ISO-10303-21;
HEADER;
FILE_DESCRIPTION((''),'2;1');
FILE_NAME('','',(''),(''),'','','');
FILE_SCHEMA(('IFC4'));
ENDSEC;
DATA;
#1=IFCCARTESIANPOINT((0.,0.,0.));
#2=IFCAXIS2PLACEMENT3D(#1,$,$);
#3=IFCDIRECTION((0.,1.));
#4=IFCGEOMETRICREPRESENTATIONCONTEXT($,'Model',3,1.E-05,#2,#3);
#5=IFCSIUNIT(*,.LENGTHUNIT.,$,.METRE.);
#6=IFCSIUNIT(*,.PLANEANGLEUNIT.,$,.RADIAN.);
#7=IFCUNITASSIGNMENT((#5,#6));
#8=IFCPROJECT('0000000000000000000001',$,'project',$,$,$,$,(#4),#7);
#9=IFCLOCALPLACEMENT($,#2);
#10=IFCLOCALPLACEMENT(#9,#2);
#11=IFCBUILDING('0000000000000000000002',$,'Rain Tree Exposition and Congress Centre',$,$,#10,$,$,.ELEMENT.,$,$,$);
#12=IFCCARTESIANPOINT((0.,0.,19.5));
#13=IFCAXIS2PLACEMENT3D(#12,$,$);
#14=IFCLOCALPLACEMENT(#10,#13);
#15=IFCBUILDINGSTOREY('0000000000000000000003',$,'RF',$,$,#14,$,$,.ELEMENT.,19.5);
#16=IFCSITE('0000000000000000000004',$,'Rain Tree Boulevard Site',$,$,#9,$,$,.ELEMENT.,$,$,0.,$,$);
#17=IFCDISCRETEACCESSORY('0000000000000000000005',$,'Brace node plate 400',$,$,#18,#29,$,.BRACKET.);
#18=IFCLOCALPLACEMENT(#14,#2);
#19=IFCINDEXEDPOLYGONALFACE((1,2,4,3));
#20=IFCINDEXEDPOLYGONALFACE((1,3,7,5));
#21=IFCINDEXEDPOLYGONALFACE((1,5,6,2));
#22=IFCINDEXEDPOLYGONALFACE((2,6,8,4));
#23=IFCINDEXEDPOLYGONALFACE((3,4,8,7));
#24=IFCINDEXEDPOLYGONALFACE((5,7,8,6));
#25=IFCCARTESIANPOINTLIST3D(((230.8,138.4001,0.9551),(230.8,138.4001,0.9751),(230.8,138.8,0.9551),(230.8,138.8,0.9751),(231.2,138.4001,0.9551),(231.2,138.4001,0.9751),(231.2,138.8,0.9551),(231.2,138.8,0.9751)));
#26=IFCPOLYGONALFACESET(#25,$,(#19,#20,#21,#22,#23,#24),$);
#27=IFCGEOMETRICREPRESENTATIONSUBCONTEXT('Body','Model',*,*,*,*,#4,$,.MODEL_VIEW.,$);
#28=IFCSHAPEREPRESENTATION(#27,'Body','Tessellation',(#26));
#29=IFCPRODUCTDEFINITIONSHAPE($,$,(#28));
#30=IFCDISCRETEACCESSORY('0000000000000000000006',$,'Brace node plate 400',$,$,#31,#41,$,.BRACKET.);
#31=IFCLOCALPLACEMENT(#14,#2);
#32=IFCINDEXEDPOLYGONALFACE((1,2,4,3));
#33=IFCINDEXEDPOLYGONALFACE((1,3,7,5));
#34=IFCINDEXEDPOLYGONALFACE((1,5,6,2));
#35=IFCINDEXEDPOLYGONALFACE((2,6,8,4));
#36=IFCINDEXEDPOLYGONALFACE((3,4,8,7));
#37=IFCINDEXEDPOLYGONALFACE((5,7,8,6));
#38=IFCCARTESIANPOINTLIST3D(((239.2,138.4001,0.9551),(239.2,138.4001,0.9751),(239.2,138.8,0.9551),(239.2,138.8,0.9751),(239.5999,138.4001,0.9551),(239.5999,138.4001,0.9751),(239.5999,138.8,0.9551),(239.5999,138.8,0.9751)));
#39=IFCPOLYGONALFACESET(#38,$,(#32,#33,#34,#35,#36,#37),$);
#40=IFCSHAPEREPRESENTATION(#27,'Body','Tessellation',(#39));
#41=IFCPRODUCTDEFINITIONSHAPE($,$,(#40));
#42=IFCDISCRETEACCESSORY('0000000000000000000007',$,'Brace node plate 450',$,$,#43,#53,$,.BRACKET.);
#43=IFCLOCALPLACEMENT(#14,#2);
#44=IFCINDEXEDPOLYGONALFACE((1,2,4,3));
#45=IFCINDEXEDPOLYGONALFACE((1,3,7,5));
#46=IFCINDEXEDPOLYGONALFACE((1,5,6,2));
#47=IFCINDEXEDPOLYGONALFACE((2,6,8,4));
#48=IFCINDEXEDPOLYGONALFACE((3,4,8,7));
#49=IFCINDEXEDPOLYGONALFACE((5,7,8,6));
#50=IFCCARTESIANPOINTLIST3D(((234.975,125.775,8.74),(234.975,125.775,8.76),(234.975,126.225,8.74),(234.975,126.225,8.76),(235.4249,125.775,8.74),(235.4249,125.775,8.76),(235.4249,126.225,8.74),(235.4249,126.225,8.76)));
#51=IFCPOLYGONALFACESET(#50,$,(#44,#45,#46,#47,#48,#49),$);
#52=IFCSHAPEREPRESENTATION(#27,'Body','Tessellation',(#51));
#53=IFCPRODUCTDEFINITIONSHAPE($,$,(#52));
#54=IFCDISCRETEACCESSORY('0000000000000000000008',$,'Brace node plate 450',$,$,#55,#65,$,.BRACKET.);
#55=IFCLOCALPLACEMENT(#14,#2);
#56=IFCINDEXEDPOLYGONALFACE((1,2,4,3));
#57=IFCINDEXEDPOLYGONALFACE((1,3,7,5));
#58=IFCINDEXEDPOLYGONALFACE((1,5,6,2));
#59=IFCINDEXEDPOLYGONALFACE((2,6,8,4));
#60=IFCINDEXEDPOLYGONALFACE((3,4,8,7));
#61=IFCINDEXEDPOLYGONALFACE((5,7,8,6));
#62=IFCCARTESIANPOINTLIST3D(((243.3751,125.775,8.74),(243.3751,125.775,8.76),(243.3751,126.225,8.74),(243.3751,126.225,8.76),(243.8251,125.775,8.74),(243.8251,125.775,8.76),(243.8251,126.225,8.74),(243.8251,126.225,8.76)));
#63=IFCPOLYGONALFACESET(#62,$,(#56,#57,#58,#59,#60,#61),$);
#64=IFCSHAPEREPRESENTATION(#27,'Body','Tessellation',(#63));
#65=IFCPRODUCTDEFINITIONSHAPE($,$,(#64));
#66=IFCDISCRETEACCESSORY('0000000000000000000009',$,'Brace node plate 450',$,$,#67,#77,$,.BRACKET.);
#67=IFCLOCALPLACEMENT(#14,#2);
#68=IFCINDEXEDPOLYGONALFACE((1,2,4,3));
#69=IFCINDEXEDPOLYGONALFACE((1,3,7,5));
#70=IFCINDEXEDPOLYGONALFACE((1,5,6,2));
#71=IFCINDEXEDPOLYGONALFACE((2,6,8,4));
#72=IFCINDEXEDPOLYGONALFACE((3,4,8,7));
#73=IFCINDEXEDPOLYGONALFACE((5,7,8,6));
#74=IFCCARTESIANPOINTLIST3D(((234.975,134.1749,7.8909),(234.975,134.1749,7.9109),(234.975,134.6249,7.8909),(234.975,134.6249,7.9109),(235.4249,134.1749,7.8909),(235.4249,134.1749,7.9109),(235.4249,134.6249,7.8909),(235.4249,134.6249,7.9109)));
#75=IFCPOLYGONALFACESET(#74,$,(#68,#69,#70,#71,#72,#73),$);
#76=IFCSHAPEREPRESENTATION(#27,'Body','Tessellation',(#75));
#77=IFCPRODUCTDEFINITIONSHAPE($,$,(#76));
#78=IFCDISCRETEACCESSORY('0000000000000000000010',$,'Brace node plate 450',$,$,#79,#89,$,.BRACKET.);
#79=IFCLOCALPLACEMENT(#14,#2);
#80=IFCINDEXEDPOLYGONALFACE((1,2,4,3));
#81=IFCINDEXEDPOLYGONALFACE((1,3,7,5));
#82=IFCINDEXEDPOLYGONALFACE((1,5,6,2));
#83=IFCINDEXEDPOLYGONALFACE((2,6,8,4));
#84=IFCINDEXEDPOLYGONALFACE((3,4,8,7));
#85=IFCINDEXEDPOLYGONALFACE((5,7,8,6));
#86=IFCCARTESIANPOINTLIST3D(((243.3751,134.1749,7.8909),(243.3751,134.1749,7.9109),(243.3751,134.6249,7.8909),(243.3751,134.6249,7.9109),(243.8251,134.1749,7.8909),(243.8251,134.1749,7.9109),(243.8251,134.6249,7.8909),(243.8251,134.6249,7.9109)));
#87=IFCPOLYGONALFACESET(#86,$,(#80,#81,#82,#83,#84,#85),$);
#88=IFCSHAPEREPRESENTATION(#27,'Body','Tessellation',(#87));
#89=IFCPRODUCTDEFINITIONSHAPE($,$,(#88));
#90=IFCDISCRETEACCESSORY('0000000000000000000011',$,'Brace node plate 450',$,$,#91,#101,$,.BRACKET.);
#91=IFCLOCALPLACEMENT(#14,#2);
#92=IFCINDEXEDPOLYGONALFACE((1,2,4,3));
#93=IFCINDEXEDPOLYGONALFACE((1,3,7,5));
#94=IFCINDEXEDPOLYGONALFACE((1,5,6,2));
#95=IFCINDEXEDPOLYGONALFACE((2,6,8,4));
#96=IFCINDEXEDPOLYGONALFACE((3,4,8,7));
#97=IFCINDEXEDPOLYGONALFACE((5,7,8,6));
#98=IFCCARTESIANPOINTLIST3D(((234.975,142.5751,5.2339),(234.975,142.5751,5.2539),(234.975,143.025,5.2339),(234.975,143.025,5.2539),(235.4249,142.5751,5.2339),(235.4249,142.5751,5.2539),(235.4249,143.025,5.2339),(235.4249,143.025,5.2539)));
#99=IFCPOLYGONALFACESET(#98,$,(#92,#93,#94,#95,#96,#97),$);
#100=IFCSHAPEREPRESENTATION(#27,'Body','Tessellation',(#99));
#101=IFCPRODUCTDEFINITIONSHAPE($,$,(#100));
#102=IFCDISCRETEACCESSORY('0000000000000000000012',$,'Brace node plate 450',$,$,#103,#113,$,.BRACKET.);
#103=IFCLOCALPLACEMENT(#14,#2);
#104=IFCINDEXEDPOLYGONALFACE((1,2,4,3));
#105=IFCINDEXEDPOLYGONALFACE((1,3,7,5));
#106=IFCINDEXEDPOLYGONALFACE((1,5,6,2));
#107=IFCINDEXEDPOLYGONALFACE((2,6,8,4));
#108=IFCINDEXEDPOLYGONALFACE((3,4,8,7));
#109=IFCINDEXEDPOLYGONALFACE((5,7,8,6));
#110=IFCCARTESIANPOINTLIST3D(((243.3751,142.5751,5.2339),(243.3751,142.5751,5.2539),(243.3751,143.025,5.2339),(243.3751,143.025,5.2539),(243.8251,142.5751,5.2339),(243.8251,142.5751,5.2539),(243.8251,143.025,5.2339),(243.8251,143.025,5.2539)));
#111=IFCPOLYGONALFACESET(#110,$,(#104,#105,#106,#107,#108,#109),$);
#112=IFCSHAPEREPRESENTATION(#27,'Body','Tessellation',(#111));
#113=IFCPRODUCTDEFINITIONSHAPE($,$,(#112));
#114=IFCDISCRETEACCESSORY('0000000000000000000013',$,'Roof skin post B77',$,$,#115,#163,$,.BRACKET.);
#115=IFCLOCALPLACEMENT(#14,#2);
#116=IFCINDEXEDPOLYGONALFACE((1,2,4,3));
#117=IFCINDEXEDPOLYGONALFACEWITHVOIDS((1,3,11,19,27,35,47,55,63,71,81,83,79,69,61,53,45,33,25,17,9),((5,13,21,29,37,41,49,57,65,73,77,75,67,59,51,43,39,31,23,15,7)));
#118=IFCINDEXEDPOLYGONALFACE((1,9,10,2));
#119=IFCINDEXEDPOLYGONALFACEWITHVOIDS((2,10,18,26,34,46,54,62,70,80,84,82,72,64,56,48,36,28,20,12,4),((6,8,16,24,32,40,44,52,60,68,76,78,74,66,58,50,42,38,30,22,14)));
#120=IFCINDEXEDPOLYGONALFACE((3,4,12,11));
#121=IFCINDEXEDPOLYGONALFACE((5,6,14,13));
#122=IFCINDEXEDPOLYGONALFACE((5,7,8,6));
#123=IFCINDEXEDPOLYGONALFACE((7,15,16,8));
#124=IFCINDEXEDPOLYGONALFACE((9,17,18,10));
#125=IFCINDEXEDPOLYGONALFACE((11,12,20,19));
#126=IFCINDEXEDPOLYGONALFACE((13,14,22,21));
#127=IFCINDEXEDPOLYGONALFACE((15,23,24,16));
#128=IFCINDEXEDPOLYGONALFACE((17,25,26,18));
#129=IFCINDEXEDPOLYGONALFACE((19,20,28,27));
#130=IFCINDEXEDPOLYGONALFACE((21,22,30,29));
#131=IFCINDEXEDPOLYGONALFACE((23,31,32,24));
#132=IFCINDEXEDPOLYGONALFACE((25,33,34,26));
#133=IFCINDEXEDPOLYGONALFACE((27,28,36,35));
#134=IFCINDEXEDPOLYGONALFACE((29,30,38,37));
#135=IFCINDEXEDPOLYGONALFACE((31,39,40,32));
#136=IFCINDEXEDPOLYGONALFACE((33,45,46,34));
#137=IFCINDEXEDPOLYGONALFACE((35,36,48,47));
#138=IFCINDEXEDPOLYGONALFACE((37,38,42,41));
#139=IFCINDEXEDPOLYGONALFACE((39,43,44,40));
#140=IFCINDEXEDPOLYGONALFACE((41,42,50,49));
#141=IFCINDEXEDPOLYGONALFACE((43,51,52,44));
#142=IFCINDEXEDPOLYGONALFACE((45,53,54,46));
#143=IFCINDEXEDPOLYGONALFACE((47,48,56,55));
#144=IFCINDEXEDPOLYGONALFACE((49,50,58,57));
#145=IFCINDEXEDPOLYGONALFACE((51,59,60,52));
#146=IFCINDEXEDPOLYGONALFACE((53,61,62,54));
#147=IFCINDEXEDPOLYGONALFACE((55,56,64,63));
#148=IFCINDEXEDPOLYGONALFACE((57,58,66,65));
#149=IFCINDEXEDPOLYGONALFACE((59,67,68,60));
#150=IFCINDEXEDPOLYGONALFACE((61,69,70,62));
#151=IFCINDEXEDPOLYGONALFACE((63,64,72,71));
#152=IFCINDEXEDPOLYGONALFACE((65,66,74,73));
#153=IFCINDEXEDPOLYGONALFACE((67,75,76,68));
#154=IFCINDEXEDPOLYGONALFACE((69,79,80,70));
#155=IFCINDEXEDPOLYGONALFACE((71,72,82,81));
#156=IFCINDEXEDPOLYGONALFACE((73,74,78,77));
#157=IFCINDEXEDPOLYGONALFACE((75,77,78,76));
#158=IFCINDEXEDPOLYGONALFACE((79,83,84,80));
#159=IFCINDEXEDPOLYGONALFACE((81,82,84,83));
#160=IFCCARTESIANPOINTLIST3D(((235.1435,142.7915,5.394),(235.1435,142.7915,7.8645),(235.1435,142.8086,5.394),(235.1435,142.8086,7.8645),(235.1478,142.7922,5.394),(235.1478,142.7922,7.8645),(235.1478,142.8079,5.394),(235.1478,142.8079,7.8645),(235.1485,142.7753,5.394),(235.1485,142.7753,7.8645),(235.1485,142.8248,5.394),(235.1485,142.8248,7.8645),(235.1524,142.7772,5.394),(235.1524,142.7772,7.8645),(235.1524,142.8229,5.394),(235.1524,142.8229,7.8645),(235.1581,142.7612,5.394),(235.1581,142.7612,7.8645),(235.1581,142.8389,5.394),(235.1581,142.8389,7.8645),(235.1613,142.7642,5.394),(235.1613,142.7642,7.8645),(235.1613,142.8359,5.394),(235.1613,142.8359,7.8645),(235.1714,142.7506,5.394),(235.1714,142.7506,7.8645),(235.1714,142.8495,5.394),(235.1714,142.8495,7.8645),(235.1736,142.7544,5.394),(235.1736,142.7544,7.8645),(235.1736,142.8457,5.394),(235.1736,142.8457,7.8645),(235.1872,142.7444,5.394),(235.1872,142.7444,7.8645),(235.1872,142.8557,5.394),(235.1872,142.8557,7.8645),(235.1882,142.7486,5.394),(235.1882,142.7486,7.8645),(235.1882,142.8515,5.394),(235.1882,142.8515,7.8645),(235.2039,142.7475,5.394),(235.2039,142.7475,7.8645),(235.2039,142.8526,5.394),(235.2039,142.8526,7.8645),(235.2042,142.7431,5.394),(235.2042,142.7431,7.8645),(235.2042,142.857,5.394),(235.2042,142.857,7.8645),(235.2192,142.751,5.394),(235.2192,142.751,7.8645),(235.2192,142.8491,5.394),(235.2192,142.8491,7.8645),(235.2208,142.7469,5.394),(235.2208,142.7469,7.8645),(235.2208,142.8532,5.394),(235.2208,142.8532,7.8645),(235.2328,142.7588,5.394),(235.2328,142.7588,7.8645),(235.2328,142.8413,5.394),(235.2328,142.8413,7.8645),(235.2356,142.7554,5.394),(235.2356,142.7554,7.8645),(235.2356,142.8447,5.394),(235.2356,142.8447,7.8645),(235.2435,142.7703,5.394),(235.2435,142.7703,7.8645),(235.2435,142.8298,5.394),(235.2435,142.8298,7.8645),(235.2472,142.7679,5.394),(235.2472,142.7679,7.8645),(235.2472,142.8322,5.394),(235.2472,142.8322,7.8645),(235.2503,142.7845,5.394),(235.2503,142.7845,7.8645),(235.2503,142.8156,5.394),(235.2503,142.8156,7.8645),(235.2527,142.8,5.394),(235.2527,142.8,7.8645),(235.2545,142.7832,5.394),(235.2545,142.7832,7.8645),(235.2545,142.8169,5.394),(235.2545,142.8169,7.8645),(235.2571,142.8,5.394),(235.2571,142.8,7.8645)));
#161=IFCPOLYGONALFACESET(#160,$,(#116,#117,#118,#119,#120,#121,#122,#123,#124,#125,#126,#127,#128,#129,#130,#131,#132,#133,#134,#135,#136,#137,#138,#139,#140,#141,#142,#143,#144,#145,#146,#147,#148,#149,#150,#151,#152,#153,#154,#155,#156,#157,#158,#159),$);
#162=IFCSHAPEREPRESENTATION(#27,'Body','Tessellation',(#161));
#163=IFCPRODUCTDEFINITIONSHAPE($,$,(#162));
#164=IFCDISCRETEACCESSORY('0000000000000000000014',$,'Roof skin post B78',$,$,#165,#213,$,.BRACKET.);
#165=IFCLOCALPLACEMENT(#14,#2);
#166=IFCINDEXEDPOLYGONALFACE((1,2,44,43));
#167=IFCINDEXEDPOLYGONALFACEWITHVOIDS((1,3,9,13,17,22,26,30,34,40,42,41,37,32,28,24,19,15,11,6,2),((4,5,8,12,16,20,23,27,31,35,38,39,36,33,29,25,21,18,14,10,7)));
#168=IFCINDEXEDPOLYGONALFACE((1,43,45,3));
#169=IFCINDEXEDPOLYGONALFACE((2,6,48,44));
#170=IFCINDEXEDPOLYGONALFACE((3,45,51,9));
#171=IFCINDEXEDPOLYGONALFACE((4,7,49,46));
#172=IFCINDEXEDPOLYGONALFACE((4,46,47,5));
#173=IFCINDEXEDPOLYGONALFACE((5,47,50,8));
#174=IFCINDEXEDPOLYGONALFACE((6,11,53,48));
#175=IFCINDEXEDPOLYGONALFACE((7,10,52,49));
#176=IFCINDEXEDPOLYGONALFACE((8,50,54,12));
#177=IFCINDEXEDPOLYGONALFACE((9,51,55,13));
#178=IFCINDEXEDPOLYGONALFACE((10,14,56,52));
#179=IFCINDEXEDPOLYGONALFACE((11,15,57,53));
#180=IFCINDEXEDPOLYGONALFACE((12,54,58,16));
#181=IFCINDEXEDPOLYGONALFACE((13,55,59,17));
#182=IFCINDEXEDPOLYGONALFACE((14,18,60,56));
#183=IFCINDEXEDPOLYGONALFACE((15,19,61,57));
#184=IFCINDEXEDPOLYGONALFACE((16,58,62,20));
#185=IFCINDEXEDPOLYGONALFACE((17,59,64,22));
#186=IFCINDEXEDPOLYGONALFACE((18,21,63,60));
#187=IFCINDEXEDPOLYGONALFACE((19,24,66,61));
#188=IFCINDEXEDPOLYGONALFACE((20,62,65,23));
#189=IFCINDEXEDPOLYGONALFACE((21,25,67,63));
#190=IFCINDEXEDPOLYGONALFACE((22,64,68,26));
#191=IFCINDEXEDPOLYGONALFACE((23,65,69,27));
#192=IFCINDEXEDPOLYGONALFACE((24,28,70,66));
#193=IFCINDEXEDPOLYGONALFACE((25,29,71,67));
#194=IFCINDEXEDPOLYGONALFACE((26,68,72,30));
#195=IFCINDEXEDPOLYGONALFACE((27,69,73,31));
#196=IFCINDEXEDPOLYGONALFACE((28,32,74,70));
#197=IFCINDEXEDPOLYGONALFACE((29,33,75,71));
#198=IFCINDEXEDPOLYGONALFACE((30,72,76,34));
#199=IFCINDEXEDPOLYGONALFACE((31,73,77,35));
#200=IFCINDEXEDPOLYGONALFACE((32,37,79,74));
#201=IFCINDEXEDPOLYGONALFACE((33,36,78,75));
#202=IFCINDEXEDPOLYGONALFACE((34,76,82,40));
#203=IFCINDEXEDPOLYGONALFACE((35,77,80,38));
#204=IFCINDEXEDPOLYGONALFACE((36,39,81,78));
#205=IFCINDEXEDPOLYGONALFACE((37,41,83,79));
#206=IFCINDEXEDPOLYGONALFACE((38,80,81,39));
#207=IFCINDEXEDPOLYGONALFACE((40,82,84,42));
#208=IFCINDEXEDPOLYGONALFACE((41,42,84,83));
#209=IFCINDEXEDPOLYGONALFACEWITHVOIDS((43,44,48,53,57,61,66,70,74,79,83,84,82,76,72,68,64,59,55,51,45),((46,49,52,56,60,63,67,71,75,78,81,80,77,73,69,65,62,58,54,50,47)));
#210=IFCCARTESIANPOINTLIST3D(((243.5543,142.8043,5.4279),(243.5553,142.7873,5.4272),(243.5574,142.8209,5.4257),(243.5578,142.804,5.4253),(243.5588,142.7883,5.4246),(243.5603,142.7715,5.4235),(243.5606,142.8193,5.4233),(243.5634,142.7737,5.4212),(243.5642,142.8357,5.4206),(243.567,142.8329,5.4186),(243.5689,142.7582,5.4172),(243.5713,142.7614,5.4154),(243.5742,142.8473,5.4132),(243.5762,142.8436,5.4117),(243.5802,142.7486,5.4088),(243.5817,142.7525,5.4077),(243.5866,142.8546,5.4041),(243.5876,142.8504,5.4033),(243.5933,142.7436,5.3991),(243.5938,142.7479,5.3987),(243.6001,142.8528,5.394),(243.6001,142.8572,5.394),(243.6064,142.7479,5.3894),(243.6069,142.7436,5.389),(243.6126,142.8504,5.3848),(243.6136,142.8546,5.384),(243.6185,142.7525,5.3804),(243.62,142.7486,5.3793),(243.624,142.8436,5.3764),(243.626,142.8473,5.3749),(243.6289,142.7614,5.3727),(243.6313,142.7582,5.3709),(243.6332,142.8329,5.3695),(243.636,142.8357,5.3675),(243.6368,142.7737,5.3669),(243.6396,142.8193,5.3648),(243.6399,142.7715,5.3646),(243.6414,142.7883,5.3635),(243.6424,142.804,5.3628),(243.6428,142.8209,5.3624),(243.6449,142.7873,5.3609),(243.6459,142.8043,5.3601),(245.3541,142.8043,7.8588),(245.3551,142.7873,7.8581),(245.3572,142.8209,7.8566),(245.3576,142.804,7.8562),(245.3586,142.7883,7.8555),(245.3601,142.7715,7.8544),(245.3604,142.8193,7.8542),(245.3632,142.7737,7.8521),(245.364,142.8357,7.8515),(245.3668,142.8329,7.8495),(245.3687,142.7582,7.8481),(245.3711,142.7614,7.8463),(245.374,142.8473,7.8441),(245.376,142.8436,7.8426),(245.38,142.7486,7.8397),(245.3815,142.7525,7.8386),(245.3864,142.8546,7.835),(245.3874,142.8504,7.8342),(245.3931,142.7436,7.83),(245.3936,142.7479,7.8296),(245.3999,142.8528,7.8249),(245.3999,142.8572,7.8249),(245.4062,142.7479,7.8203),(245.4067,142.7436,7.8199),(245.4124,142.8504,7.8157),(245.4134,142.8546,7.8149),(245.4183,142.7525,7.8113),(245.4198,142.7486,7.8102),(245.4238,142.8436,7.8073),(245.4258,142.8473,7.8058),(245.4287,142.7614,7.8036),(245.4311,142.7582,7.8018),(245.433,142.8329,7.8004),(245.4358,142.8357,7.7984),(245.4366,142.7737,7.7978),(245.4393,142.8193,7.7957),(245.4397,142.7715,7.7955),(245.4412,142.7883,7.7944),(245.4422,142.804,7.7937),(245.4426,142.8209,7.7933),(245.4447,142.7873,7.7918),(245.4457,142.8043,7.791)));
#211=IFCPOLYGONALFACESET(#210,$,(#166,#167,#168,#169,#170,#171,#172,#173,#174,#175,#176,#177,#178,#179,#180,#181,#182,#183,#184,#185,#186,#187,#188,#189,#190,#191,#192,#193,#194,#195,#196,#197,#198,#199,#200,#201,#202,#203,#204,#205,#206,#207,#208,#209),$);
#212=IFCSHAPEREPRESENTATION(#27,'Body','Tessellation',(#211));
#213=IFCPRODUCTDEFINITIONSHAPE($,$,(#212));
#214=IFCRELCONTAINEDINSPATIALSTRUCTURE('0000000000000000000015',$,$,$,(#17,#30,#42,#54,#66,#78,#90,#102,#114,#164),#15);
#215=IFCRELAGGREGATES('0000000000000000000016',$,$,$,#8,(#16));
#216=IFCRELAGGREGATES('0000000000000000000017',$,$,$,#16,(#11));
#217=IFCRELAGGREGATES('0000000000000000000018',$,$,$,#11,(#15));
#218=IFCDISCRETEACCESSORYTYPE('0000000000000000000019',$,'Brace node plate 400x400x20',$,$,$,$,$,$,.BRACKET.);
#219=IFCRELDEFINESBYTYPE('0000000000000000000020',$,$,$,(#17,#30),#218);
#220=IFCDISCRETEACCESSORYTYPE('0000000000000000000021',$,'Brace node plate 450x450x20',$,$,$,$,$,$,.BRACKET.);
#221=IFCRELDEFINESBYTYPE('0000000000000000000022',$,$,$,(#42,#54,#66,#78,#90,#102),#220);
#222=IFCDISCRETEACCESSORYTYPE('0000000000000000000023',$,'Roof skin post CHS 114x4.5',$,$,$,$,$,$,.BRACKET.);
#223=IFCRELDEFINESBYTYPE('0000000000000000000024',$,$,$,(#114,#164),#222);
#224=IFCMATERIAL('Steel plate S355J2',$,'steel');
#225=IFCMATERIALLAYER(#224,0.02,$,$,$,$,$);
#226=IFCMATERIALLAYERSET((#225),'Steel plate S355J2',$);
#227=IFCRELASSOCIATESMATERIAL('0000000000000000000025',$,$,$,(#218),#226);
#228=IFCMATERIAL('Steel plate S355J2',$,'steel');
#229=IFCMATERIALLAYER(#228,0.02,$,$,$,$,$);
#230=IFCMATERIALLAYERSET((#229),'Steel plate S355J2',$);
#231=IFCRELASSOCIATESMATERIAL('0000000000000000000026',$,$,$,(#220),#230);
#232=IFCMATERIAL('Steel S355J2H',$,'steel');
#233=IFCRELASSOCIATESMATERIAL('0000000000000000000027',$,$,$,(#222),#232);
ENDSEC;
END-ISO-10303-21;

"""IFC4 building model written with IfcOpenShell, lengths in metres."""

from ifc_helpers import new_model, si_unit, direction, frame, origin, origin_2d, place, context, subcontext, project, spatial, rectangle, hollow_circle, extrude, material, layer, layer_set, material_profile, profile_set, type_object, element, save


model = new_model("IFC4")

# Units and contexts
model_context = context("Model", 3, precision=1e-05, world=origin(), true_north=direction((0.0, 1.0)))
body_context = subcontext(model_context, "Body", "Model", "MODEL_VIEW")
ifc_project = project(units=[si_unit("LENGTHUNIT", "METRE"), si_unit("PLANEANGLEUNIT", "RADIAN")], contexts=[model_context])

# Site, building, storey
site_placement = place(None, origin())
site = spatial("IfcSite", under=ifc_project, at=site_placement, Name="Rain Tree Boulevard Site", CompositionType="ELEMENT", RefElevation=0.0)
building_placement = place(site_placement, origin())
building = spatial("IfcBuilding", under=site, at=building_placement, Name="Rain Tree Exposition and Congress Centre", CompositionType="ELEMENT")
storey_placement = place(building_placement, frame((0.0, 0.0, 19.5)))
storey = spatial("IfcBuildingStorey", under=building, at=storey_placement, Name="RF", CompositionType="ELEMENT", Elevation=19.5)

# Discrete accessories
ifc_material_1 = material(Name="Steel plate S355J2", Category="steel")
ifc_layer_1 = layer(ifc_material_1, 0.02)
ifc_layer_set_1 = layer_set([ifc_layer_1], Name="Steel plate S355J2")
discrete_accessory_type_1 = type_object("IfcDiscreteAccessoryType", Name="Brace node plate 400x400x20", PredefinedType="BRACKET", material=ifc_layer_set_1)
for number, where, z_axis, x_axis, name in (
    (1, (231.0, 138.6001, 0.9551), (0.0, 0.0, 1.0), (1.0, 0.0, 0.0), "Brace node plate 400"),
    (2, (239.3999, 138.6001, 0.9551), (0.0, 0.0, 1.0), (1.0, 0.0, 0.0), "Brace node plate 400"),
):
    element("IfcDiscreteAccessory", number, at=place(storey_placement, frame(where, z_axis=z_axis, x_axis=x_axis)), inside=storey, type_object=discrete_accessory_type_1, Name=name, PredefinedType="BRACKET", context=body_context, shape_type="SweptSolid", body=[
        extrude(rectangle(XDim=0.3999, YDim=0.3999, at=origin_2d()), origin(), (0.0, 0.0, 1.0), 0.02),
    ])
ifc_material_2 = material(Name="Steel plate S355J2", Category="steel")
ifc_layer_2 = layer(ifc_material_2, 0.02)
ifc_layer_set_2 = layer_set([ifc_layer_2], Name="Steel plate S355J2")
discrete_accessory_type_2 = type_object("IfcDiscreteAccessoryType", Name="Brace node plate 450x450x20", PredefinedType="BRACKET", material=ifc_layer_set_2)
for number, where, z_axis, x_axis, name in (
    (3, (235.2, 126.0, 8.74), (0.0, 0.0, 1.0), (1.0, 0.0, 0.0), "Brace node plate 450"),
    (4, (243.6001, 126.0, 8.74), (0.0, 0.0, 1.0), (1.0, 0.0, 0.0), "Brace node plate 450"),
    (5, (235.2, 134.3999, 7.8909), (0.0, 0.0, 1.0), (1.0, 0.0, 0.0), "Brace node plate 450"),
    (6, (243.6001, 134.3999, 7.8909), (0.0, 0.0, 1.0), (1.0, 0.0, 0.0), "Brace node plate 450"),
    (7, (235.2, 142.8, 5.2339), (0.0, 0.0, 1.0), (1.0, 0.0, 0.0), "Brace node plate 450"),
    (8, (243.6001, 142.8, 5.2339), (0.0, 0.0, 1.0), (1.0, 0.0, 0.0), "Brace node plate 450"),
):
    element("IfcDiscreteAccessory", number, at=place(storey_placement, frame(where, z_axis=z_axis, x_axis=x_axis)), inside=storey, type_object=discrete_accessory_type_2, Name=name, PredefinedType="BRACKET", context=body_context, shape_type="SweptSolid", body=[
        extrude(rectangle(XDim=0.45, YDim=0.45, at=origin_2d()), origin(), (0.0, 0.0, 1.0), 0.02),
    ])
ifc_material_3 = material(Name="Steel S355J2H", Category="steel")
ifc_material_profile_1 = material_profile(ifc_material_3, hollow_circle(Radius=0.0571, WallThickness=0.0044, at=origin_2d()), Name="CHS 114x4.5")
ifc_profile_set_1 = profile_set([ifc_material_profile_1], Name="Steel S355J2H")
discrete_accessory_type_3 = type_object("IfcDiscreteAccessoryType", Name="Roof skin post CHS 114x4.5", PredefinedType="BRACKET", material=ifc_profile_set_1)
discrete_accessory_1_placement = place(storey_placement, frame((235.2, 142.8, 5.394), z_axis=(0.0, 0.0, 1.0), x_axis=(1.0, 0.0, 0.0)))
element("IfcDiscreteAccessory", 9, at=discrete_accessory_1_placement, inside=storey, type_object=discrete_accessory_type_3, Name="Roof skin post B77", PredefinedType="BRACKET", context=body_context, shape_type="SweptSolid", body=[
    extrude(hollow_circle(Radius=0.0571, WallThickness=0.0044, at=origin_2d()), origin(), (0.0, 0.0, 1.0), 2.4705),
])
discrete_accessory_2_placement = place(storey_placement, frame((243.6001, 142.8, 5.394), z_axis=(0.595042, 0.0, 0.803694), x_axis=(0.0, 1.0, 0.0)))
element("IfcDiscreteAccessory", 10, at=discrete_accessory_2_placement, inside=storey, type_object=discrete_accessory_type_3, Name="Roof skin post B78", PredefinedType="BRACKET", context=body_context, shape_type="SweptSolid", body=[
    extrude(hollow_circle(Radius=0.0571, WallThickness=0.0044, at=origin_2d()), origin(), (0.0, 0.0, 1.0), 3.0247),
])

save(model, "model.ifc")
